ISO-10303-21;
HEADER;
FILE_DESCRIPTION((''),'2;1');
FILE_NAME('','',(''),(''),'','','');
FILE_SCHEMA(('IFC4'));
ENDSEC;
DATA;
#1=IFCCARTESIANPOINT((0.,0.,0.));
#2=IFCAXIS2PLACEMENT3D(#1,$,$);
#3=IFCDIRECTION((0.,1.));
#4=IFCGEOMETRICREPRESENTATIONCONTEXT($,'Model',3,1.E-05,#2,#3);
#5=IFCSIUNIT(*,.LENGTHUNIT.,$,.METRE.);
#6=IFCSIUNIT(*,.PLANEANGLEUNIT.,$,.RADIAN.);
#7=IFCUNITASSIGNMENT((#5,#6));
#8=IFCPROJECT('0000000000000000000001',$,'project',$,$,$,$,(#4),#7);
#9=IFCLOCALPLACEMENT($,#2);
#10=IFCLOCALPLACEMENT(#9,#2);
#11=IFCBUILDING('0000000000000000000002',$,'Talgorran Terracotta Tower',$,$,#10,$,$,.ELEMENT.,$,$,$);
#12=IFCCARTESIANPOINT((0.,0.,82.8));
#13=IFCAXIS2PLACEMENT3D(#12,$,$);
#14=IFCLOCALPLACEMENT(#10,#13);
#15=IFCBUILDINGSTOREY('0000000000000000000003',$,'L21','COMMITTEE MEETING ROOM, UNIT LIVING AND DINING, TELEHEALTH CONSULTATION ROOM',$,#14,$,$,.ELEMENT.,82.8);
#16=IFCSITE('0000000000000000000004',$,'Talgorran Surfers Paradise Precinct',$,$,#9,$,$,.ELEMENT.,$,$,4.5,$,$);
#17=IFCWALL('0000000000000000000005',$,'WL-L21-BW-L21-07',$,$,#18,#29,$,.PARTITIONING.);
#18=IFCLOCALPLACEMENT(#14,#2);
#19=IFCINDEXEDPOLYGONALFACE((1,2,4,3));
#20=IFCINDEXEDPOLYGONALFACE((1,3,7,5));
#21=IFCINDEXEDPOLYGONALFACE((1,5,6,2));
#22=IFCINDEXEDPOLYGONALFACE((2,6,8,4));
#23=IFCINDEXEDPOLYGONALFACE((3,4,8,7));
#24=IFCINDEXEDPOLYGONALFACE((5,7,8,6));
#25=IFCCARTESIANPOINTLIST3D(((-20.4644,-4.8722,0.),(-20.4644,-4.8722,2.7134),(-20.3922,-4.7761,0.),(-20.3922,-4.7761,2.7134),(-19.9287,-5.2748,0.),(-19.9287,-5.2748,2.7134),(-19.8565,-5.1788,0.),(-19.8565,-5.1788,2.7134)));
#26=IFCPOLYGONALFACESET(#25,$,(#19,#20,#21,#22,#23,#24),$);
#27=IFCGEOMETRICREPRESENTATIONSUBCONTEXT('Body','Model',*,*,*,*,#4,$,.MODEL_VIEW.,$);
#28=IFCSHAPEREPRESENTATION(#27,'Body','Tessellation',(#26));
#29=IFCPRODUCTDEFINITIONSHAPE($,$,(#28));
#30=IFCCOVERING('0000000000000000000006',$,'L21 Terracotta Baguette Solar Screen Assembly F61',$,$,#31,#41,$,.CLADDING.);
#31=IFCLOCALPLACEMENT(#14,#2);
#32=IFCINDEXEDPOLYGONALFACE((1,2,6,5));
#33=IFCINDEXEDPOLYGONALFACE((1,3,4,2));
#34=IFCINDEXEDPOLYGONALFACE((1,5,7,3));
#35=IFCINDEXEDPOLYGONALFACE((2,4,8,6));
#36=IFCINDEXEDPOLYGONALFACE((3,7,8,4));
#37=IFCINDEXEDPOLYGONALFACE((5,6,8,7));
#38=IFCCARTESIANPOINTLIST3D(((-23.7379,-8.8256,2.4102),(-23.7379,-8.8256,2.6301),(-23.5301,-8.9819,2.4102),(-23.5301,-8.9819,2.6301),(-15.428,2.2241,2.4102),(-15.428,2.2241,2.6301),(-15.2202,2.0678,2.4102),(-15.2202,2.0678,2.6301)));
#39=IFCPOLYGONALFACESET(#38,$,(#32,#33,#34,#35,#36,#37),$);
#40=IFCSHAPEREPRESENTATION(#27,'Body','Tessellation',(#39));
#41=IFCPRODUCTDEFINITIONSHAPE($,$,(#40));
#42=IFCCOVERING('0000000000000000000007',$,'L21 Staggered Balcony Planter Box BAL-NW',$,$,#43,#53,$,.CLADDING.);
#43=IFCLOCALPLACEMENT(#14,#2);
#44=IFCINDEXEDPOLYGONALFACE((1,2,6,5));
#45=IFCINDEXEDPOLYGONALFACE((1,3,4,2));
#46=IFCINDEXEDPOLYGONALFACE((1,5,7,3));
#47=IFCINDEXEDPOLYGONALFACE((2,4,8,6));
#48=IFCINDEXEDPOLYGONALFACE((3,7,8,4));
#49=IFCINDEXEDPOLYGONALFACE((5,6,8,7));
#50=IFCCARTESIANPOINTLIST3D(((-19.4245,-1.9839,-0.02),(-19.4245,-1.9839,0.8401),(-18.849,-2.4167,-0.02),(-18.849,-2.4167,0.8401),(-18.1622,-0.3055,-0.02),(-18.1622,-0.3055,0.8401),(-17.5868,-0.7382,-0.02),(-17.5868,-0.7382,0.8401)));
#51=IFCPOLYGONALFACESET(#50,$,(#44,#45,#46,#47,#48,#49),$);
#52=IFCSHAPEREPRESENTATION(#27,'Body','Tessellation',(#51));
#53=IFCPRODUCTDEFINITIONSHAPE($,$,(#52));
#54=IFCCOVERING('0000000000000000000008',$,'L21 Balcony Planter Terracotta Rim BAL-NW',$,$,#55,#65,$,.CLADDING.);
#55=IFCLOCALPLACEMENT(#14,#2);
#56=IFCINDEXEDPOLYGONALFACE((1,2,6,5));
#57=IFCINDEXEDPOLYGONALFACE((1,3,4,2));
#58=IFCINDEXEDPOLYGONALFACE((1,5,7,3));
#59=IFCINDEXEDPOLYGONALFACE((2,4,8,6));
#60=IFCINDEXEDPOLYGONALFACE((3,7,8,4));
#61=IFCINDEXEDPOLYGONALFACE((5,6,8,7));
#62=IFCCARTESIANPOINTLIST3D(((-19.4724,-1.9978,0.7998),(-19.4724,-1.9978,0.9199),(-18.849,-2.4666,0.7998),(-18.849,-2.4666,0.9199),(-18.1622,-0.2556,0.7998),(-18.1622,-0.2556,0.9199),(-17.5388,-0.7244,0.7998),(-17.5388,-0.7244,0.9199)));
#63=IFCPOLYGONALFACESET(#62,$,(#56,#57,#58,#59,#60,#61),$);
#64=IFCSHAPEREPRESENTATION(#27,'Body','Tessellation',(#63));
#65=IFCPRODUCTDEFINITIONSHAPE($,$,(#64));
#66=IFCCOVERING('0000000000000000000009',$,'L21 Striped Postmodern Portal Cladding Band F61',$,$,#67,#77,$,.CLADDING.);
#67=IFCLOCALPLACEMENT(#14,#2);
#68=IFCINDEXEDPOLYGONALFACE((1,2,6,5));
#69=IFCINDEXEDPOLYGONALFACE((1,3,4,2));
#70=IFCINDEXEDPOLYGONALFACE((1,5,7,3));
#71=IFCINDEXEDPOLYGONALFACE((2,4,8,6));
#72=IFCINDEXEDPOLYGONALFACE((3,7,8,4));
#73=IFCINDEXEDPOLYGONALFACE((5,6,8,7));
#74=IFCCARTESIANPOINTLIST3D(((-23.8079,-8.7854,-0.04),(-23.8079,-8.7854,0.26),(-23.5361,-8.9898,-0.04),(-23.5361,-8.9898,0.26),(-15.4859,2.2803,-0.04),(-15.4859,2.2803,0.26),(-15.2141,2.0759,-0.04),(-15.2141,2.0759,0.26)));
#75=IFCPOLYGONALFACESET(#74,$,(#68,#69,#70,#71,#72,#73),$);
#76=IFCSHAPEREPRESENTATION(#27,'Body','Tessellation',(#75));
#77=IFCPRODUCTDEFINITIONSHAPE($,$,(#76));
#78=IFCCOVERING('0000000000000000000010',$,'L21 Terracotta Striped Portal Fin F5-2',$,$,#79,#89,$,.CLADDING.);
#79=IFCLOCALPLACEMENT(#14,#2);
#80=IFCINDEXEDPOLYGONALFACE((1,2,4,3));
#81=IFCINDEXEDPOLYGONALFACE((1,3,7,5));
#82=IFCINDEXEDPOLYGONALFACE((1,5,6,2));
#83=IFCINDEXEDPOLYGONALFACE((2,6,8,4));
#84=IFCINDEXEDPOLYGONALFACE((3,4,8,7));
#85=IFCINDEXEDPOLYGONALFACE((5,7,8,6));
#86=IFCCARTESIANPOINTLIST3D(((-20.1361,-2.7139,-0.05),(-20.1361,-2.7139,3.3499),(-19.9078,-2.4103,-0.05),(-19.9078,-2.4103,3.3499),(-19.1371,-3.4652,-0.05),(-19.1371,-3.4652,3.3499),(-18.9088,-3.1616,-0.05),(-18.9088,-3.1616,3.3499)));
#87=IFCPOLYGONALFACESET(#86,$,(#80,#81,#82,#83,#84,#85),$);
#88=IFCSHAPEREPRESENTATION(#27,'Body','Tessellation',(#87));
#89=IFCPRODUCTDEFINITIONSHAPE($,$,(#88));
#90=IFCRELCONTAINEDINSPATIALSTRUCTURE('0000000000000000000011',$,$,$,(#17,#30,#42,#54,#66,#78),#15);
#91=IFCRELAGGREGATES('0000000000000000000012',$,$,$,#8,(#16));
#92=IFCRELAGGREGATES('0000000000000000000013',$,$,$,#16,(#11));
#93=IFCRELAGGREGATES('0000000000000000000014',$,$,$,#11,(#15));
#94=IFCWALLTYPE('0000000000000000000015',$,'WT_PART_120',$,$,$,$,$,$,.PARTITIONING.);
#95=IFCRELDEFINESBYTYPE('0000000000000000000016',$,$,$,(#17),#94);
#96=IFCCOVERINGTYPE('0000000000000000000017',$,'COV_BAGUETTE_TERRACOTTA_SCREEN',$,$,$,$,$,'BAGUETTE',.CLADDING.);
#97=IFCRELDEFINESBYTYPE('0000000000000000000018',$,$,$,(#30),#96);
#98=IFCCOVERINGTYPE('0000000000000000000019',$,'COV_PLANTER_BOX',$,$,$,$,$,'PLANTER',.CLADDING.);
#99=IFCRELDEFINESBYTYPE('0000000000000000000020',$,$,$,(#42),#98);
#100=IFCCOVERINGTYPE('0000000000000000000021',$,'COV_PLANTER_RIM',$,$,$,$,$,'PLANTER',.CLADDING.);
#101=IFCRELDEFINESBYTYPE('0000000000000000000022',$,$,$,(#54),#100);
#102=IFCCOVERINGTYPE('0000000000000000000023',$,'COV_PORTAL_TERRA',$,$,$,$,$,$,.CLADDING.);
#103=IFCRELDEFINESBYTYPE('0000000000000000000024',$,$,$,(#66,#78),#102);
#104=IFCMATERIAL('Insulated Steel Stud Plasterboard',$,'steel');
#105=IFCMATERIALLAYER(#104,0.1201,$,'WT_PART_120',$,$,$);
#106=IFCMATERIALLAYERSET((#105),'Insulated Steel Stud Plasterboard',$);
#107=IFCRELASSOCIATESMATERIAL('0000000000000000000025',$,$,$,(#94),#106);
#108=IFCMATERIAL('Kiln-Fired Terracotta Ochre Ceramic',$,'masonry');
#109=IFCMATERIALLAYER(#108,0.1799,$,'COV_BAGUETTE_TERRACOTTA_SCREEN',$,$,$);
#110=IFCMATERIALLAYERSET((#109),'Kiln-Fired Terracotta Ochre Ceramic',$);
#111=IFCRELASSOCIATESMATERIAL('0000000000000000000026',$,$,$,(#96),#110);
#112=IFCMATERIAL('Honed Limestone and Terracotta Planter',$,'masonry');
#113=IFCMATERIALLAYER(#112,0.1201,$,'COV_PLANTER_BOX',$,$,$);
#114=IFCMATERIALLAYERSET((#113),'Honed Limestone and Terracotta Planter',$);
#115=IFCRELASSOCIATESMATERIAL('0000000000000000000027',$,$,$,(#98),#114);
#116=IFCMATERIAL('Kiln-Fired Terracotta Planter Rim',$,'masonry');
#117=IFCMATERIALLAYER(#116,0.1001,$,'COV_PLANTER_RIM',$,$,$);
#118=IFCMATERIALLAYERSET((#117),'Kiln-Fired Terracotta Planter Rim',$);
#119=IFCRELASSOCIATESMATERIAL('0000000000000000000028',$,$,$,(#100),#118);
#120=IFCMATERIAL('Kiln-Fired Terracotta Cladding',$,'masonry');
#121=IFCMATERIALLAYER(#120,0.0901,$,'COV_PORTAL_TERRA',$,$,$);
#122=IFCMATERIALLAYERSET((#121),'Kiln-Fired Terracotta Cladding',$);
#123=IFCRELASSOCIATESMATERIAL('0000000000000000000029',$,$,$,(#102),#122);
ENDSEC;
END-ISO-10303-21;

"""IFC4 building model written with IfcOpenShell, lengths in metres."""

from ifc_helpers import new_model, si_unit, direction, frame, frame_2d, origin, origin_2d, place, context, subcontext, project, spatial, rectangle, extrude, material, layer, layer_set, type_object, element, save


model = new_model("IFC4")

# Units and contexts
model_context = context("Model", 3, precision=1e-05, world=origin(), true_north=direction((0.0, 1.0)))
body_context = subcontext(model_context, "Body", "Model", "MODEL_VIEW")
ifc_project = project(units=[si_unit("LENGTHUNIT", "METRE"), si_unit("PLANEANGLEUNIT", "RADIAN")], contexts=[model_context])

# Site, building, storey
site_placement = place(None, origin())
site = spatial("IfcSite", under=ifc_project, at=site_placement, Name="Talgorran Surfers Paradise Precinct", CompositionType="ELEMENT", RefElevation=4.5)
building_placement = place(site_placement, origin())
building = spatial("IfcBuilding", under=site, at=building_placement, Name="Talgorran Terracotta Tower", CompositionType="ELEMENT")
storey_placement = place(building_placement, frame((0.0, 0.0, 82.8)))
storey = spatial("IfcBuildingStorey", under=building, at=storey_placement, Name="L21", Description="COMMITTEE MEETING ROOM, UNIT LIVING AND DINING, TELEHEALTH CONSULTATION ROOM", CompositionType="ELEMENT", Elevation=82.8)

# Wall
ifc_material_1 = material(Name="Insulated Steel Stud Plasterboard", Category="steel")
ifc_layer_1 = layer(ifc_material_1, 0.1201, Name="WT_PART_120")
ifc_layer_set_1 = layer_set([ifc_layer_1], Name="Insulated Steel Stud Plasterboard")
wall_type_1 = type_object("IfcWallType", Name="WT_PART_120", PredefinedType="PARTITIONING", material=ifc_layer_set_1)
wall_1_placement = place(storey_placement, frame((-20.4282, -4.8242, 0.0), z_axis=(0.0, 0.0, 1.0), x_axis=(0.799387, -0.600816, 0.0)))
element("IfcWall", 1, at=wall_1_placement, inside=storey, type_object=wall_type_1, Name="WL-L21-BW-L21-07", PredefinedType="PARTITIONING", context=body_context, shape_type="SweptSolid", body=[
    extrude(rectangle(XDim=0.6702, YDim=0.1201, at=frame_2d((0.335, 0.0))), origin(), (0.0, 0.0, 1.0), 2.7134),
])

# Coverings
ifc_material_2 = material(Name="Kiln-Fired Terracotta Ochre Ceramic", Category="masonry")
ifc_layer_2 = layer(ifc_material_2, 0.1799, Name="COV_BAGUETTE_TERRACOTTA_SCREEN")
ifc_layer_set_2 = layer_set([ifc_layer_2], Name="Kiln-Fired Terracotta Ochre Ceramic")
covering_type_1 = type_object("IfcCoveringType", Name="COV_BAGUETTE_TERRACOTTA_SCREEN", ElementType="BAGUETTE", PredefinedType="CLADDING", material=ifc_layer_set_2)
covering_1_placement = place(storey_placement, frame((-19.479, -3.3789, 2.4102), z_axis=(0.0, 0.0, 1.0), x_axis=(-0.601048, -0.799213, 0.0)))
element("IfcCovering", 2, at=covering_1_placement, inside=storey, type_object=covering_type_1, Name="L21 Terracotta Baguette Solar Screen Assembly F61", PredefinedType="CLADDING", context=body_context, shape_type="SweptSolid", body=[
    extrude(rectangle(XDim=13.8257, YDim=0.26, at=origin_2d()), origin(), (0.0, 0.0, 1.0), 0.22),
])
ifc_material_3 = material(Name="Honed Limestone and Terracotta Planter", Category="masonry")
ifc_layer_3 = layer(ifc_material_3, 0.1201, Name="COV_PLANTER_BOX")
ifc_layer_set_3 = layer_set([ifc_layer_3], Name="Honed Limestone and Terracotta Planter")
covering_type_2 = type_object("IfcCoveringType", Name="COV_PLANTER_BOX", ElementType="PLANTER", PredefinedType="CLADDING", material=ifc_layer_set_3)
covering_2_placement = place(storey_placement, frame((-18.5056, -1.3611, -0.02), z_axis=(0.0, 0.0, 1.0), x_axis=(-0.601048, -0.799213, 0.0)))
element("IfcCovering", 3, at=covering_2_placement, inside=storey, type_object=covering_type_2, Name="L21 Staggered Balcony Planter Box BAL-NW", PredefinedType="CLADDING", context=body_context, shape_type="SweptSolid", body=[
    extrude(rectangle(XDim=2.1001, YDim=0.72, at=origin_2d()), origin(), (0.0, 0.0, 1.0), 0.8601),
])
ifc_material_4 = material(Name="Kiln-Fired Terracotta Planter Rim", Category="masonry")
ifc_layer_4 = layer(ifc_material_4, 0.1001, Name="COV_PLANTER_RIM")
ifc_layer_set_4 = layer_set([ifc_layer_4], Name="Kiln-Fired Terracotta Planter Rim")
covering_type_3 = type_object("IfcCoveringType", Name="COV_PLANTER_RIM", ElementType="PLANTER", PredefinedType="CLADDING", material=ifc_layer_set_4)
covering_3_placement = place(storey_placement, frame((-18.5056, -1.3611, 0.7998), z_axis=(0.0, 0.0, 1.0), x_axis=(-0.601048, -0.799213, 0.0)))
element("IfcCovering", 4, at=covering_3_placement, inside=storey, type_object=covering_type_3, Name="L21 Balcony Planter Terracotta Rim BAL-NW", PredefinedType="CLADDING", context=body_context, shape_type="SweptSolid", body=[
    extrude(rectangle(XDim=2.1799, YDim=0.78, at=origin_2d()), origin(), (0.0, 0.0, 1.0), 0.1201),
])
ifc_material_5 = material(Name="Kiln-Fired Terracotta Cladding", Category="masonry")
ifc_layer_5 = layer(ifc_material_5, 0.0901, Name="COV_PORTAL_TERRA")
ifc_layer_set_5 = layer_set([ifc_layer_5], Name="Kiln-Fired Terracotta Cladding")
covering_type_4 = type_object("IfcCoveringType", Name="COV_PORTAL_TERRA", PredefinedType="CLADDING", material=ifc_layer_set_5)
covering_4_placement = place(storey_placement, frame((-19.511, -3.3547, -0.04), z_axis=(0.0, 0.0, 1.0), x_axis=(-0.601048, -0.799213, 0.0)))
element("IfcCovering", 5, at=covering_4_placement, inside=storey, type_object=covering_type_4, Name="L21 Striped Postmodern Portal Cladding Band F61", PredefinedType="CLADDING", context=body_context, shape_type="SweptSolid", body=[
    extrude(rectangle(XDim=13.8457, YDim=0.3401, at=origin_2d()), origin(), (0.0, 0.0, 1.0), 0.3),
])
covering_5_placement = place(storey_placement, frame((-19.5225, -2.9377, -0.05), z_axis=(0.0, 0.0, 1.0), x_axis=(-0.601048, -0.799213, 0.0)))
element("IfcCovering", 6, at=covering_5_placement, inside=storey, type_object=covering_type_4, Name="L21 Terracotta Striped Portal Fin F5-2", PredefinedType="CLADDING", context=body_context, shape_type="SweptSolid", body=[
    extrude(rectangle(XDim=0.3799, YDim=1.25, at=origin_2d()), origin(), (0.0, 0.0, 1.0), 3.3999),
])

save(model, "model.ifc")
